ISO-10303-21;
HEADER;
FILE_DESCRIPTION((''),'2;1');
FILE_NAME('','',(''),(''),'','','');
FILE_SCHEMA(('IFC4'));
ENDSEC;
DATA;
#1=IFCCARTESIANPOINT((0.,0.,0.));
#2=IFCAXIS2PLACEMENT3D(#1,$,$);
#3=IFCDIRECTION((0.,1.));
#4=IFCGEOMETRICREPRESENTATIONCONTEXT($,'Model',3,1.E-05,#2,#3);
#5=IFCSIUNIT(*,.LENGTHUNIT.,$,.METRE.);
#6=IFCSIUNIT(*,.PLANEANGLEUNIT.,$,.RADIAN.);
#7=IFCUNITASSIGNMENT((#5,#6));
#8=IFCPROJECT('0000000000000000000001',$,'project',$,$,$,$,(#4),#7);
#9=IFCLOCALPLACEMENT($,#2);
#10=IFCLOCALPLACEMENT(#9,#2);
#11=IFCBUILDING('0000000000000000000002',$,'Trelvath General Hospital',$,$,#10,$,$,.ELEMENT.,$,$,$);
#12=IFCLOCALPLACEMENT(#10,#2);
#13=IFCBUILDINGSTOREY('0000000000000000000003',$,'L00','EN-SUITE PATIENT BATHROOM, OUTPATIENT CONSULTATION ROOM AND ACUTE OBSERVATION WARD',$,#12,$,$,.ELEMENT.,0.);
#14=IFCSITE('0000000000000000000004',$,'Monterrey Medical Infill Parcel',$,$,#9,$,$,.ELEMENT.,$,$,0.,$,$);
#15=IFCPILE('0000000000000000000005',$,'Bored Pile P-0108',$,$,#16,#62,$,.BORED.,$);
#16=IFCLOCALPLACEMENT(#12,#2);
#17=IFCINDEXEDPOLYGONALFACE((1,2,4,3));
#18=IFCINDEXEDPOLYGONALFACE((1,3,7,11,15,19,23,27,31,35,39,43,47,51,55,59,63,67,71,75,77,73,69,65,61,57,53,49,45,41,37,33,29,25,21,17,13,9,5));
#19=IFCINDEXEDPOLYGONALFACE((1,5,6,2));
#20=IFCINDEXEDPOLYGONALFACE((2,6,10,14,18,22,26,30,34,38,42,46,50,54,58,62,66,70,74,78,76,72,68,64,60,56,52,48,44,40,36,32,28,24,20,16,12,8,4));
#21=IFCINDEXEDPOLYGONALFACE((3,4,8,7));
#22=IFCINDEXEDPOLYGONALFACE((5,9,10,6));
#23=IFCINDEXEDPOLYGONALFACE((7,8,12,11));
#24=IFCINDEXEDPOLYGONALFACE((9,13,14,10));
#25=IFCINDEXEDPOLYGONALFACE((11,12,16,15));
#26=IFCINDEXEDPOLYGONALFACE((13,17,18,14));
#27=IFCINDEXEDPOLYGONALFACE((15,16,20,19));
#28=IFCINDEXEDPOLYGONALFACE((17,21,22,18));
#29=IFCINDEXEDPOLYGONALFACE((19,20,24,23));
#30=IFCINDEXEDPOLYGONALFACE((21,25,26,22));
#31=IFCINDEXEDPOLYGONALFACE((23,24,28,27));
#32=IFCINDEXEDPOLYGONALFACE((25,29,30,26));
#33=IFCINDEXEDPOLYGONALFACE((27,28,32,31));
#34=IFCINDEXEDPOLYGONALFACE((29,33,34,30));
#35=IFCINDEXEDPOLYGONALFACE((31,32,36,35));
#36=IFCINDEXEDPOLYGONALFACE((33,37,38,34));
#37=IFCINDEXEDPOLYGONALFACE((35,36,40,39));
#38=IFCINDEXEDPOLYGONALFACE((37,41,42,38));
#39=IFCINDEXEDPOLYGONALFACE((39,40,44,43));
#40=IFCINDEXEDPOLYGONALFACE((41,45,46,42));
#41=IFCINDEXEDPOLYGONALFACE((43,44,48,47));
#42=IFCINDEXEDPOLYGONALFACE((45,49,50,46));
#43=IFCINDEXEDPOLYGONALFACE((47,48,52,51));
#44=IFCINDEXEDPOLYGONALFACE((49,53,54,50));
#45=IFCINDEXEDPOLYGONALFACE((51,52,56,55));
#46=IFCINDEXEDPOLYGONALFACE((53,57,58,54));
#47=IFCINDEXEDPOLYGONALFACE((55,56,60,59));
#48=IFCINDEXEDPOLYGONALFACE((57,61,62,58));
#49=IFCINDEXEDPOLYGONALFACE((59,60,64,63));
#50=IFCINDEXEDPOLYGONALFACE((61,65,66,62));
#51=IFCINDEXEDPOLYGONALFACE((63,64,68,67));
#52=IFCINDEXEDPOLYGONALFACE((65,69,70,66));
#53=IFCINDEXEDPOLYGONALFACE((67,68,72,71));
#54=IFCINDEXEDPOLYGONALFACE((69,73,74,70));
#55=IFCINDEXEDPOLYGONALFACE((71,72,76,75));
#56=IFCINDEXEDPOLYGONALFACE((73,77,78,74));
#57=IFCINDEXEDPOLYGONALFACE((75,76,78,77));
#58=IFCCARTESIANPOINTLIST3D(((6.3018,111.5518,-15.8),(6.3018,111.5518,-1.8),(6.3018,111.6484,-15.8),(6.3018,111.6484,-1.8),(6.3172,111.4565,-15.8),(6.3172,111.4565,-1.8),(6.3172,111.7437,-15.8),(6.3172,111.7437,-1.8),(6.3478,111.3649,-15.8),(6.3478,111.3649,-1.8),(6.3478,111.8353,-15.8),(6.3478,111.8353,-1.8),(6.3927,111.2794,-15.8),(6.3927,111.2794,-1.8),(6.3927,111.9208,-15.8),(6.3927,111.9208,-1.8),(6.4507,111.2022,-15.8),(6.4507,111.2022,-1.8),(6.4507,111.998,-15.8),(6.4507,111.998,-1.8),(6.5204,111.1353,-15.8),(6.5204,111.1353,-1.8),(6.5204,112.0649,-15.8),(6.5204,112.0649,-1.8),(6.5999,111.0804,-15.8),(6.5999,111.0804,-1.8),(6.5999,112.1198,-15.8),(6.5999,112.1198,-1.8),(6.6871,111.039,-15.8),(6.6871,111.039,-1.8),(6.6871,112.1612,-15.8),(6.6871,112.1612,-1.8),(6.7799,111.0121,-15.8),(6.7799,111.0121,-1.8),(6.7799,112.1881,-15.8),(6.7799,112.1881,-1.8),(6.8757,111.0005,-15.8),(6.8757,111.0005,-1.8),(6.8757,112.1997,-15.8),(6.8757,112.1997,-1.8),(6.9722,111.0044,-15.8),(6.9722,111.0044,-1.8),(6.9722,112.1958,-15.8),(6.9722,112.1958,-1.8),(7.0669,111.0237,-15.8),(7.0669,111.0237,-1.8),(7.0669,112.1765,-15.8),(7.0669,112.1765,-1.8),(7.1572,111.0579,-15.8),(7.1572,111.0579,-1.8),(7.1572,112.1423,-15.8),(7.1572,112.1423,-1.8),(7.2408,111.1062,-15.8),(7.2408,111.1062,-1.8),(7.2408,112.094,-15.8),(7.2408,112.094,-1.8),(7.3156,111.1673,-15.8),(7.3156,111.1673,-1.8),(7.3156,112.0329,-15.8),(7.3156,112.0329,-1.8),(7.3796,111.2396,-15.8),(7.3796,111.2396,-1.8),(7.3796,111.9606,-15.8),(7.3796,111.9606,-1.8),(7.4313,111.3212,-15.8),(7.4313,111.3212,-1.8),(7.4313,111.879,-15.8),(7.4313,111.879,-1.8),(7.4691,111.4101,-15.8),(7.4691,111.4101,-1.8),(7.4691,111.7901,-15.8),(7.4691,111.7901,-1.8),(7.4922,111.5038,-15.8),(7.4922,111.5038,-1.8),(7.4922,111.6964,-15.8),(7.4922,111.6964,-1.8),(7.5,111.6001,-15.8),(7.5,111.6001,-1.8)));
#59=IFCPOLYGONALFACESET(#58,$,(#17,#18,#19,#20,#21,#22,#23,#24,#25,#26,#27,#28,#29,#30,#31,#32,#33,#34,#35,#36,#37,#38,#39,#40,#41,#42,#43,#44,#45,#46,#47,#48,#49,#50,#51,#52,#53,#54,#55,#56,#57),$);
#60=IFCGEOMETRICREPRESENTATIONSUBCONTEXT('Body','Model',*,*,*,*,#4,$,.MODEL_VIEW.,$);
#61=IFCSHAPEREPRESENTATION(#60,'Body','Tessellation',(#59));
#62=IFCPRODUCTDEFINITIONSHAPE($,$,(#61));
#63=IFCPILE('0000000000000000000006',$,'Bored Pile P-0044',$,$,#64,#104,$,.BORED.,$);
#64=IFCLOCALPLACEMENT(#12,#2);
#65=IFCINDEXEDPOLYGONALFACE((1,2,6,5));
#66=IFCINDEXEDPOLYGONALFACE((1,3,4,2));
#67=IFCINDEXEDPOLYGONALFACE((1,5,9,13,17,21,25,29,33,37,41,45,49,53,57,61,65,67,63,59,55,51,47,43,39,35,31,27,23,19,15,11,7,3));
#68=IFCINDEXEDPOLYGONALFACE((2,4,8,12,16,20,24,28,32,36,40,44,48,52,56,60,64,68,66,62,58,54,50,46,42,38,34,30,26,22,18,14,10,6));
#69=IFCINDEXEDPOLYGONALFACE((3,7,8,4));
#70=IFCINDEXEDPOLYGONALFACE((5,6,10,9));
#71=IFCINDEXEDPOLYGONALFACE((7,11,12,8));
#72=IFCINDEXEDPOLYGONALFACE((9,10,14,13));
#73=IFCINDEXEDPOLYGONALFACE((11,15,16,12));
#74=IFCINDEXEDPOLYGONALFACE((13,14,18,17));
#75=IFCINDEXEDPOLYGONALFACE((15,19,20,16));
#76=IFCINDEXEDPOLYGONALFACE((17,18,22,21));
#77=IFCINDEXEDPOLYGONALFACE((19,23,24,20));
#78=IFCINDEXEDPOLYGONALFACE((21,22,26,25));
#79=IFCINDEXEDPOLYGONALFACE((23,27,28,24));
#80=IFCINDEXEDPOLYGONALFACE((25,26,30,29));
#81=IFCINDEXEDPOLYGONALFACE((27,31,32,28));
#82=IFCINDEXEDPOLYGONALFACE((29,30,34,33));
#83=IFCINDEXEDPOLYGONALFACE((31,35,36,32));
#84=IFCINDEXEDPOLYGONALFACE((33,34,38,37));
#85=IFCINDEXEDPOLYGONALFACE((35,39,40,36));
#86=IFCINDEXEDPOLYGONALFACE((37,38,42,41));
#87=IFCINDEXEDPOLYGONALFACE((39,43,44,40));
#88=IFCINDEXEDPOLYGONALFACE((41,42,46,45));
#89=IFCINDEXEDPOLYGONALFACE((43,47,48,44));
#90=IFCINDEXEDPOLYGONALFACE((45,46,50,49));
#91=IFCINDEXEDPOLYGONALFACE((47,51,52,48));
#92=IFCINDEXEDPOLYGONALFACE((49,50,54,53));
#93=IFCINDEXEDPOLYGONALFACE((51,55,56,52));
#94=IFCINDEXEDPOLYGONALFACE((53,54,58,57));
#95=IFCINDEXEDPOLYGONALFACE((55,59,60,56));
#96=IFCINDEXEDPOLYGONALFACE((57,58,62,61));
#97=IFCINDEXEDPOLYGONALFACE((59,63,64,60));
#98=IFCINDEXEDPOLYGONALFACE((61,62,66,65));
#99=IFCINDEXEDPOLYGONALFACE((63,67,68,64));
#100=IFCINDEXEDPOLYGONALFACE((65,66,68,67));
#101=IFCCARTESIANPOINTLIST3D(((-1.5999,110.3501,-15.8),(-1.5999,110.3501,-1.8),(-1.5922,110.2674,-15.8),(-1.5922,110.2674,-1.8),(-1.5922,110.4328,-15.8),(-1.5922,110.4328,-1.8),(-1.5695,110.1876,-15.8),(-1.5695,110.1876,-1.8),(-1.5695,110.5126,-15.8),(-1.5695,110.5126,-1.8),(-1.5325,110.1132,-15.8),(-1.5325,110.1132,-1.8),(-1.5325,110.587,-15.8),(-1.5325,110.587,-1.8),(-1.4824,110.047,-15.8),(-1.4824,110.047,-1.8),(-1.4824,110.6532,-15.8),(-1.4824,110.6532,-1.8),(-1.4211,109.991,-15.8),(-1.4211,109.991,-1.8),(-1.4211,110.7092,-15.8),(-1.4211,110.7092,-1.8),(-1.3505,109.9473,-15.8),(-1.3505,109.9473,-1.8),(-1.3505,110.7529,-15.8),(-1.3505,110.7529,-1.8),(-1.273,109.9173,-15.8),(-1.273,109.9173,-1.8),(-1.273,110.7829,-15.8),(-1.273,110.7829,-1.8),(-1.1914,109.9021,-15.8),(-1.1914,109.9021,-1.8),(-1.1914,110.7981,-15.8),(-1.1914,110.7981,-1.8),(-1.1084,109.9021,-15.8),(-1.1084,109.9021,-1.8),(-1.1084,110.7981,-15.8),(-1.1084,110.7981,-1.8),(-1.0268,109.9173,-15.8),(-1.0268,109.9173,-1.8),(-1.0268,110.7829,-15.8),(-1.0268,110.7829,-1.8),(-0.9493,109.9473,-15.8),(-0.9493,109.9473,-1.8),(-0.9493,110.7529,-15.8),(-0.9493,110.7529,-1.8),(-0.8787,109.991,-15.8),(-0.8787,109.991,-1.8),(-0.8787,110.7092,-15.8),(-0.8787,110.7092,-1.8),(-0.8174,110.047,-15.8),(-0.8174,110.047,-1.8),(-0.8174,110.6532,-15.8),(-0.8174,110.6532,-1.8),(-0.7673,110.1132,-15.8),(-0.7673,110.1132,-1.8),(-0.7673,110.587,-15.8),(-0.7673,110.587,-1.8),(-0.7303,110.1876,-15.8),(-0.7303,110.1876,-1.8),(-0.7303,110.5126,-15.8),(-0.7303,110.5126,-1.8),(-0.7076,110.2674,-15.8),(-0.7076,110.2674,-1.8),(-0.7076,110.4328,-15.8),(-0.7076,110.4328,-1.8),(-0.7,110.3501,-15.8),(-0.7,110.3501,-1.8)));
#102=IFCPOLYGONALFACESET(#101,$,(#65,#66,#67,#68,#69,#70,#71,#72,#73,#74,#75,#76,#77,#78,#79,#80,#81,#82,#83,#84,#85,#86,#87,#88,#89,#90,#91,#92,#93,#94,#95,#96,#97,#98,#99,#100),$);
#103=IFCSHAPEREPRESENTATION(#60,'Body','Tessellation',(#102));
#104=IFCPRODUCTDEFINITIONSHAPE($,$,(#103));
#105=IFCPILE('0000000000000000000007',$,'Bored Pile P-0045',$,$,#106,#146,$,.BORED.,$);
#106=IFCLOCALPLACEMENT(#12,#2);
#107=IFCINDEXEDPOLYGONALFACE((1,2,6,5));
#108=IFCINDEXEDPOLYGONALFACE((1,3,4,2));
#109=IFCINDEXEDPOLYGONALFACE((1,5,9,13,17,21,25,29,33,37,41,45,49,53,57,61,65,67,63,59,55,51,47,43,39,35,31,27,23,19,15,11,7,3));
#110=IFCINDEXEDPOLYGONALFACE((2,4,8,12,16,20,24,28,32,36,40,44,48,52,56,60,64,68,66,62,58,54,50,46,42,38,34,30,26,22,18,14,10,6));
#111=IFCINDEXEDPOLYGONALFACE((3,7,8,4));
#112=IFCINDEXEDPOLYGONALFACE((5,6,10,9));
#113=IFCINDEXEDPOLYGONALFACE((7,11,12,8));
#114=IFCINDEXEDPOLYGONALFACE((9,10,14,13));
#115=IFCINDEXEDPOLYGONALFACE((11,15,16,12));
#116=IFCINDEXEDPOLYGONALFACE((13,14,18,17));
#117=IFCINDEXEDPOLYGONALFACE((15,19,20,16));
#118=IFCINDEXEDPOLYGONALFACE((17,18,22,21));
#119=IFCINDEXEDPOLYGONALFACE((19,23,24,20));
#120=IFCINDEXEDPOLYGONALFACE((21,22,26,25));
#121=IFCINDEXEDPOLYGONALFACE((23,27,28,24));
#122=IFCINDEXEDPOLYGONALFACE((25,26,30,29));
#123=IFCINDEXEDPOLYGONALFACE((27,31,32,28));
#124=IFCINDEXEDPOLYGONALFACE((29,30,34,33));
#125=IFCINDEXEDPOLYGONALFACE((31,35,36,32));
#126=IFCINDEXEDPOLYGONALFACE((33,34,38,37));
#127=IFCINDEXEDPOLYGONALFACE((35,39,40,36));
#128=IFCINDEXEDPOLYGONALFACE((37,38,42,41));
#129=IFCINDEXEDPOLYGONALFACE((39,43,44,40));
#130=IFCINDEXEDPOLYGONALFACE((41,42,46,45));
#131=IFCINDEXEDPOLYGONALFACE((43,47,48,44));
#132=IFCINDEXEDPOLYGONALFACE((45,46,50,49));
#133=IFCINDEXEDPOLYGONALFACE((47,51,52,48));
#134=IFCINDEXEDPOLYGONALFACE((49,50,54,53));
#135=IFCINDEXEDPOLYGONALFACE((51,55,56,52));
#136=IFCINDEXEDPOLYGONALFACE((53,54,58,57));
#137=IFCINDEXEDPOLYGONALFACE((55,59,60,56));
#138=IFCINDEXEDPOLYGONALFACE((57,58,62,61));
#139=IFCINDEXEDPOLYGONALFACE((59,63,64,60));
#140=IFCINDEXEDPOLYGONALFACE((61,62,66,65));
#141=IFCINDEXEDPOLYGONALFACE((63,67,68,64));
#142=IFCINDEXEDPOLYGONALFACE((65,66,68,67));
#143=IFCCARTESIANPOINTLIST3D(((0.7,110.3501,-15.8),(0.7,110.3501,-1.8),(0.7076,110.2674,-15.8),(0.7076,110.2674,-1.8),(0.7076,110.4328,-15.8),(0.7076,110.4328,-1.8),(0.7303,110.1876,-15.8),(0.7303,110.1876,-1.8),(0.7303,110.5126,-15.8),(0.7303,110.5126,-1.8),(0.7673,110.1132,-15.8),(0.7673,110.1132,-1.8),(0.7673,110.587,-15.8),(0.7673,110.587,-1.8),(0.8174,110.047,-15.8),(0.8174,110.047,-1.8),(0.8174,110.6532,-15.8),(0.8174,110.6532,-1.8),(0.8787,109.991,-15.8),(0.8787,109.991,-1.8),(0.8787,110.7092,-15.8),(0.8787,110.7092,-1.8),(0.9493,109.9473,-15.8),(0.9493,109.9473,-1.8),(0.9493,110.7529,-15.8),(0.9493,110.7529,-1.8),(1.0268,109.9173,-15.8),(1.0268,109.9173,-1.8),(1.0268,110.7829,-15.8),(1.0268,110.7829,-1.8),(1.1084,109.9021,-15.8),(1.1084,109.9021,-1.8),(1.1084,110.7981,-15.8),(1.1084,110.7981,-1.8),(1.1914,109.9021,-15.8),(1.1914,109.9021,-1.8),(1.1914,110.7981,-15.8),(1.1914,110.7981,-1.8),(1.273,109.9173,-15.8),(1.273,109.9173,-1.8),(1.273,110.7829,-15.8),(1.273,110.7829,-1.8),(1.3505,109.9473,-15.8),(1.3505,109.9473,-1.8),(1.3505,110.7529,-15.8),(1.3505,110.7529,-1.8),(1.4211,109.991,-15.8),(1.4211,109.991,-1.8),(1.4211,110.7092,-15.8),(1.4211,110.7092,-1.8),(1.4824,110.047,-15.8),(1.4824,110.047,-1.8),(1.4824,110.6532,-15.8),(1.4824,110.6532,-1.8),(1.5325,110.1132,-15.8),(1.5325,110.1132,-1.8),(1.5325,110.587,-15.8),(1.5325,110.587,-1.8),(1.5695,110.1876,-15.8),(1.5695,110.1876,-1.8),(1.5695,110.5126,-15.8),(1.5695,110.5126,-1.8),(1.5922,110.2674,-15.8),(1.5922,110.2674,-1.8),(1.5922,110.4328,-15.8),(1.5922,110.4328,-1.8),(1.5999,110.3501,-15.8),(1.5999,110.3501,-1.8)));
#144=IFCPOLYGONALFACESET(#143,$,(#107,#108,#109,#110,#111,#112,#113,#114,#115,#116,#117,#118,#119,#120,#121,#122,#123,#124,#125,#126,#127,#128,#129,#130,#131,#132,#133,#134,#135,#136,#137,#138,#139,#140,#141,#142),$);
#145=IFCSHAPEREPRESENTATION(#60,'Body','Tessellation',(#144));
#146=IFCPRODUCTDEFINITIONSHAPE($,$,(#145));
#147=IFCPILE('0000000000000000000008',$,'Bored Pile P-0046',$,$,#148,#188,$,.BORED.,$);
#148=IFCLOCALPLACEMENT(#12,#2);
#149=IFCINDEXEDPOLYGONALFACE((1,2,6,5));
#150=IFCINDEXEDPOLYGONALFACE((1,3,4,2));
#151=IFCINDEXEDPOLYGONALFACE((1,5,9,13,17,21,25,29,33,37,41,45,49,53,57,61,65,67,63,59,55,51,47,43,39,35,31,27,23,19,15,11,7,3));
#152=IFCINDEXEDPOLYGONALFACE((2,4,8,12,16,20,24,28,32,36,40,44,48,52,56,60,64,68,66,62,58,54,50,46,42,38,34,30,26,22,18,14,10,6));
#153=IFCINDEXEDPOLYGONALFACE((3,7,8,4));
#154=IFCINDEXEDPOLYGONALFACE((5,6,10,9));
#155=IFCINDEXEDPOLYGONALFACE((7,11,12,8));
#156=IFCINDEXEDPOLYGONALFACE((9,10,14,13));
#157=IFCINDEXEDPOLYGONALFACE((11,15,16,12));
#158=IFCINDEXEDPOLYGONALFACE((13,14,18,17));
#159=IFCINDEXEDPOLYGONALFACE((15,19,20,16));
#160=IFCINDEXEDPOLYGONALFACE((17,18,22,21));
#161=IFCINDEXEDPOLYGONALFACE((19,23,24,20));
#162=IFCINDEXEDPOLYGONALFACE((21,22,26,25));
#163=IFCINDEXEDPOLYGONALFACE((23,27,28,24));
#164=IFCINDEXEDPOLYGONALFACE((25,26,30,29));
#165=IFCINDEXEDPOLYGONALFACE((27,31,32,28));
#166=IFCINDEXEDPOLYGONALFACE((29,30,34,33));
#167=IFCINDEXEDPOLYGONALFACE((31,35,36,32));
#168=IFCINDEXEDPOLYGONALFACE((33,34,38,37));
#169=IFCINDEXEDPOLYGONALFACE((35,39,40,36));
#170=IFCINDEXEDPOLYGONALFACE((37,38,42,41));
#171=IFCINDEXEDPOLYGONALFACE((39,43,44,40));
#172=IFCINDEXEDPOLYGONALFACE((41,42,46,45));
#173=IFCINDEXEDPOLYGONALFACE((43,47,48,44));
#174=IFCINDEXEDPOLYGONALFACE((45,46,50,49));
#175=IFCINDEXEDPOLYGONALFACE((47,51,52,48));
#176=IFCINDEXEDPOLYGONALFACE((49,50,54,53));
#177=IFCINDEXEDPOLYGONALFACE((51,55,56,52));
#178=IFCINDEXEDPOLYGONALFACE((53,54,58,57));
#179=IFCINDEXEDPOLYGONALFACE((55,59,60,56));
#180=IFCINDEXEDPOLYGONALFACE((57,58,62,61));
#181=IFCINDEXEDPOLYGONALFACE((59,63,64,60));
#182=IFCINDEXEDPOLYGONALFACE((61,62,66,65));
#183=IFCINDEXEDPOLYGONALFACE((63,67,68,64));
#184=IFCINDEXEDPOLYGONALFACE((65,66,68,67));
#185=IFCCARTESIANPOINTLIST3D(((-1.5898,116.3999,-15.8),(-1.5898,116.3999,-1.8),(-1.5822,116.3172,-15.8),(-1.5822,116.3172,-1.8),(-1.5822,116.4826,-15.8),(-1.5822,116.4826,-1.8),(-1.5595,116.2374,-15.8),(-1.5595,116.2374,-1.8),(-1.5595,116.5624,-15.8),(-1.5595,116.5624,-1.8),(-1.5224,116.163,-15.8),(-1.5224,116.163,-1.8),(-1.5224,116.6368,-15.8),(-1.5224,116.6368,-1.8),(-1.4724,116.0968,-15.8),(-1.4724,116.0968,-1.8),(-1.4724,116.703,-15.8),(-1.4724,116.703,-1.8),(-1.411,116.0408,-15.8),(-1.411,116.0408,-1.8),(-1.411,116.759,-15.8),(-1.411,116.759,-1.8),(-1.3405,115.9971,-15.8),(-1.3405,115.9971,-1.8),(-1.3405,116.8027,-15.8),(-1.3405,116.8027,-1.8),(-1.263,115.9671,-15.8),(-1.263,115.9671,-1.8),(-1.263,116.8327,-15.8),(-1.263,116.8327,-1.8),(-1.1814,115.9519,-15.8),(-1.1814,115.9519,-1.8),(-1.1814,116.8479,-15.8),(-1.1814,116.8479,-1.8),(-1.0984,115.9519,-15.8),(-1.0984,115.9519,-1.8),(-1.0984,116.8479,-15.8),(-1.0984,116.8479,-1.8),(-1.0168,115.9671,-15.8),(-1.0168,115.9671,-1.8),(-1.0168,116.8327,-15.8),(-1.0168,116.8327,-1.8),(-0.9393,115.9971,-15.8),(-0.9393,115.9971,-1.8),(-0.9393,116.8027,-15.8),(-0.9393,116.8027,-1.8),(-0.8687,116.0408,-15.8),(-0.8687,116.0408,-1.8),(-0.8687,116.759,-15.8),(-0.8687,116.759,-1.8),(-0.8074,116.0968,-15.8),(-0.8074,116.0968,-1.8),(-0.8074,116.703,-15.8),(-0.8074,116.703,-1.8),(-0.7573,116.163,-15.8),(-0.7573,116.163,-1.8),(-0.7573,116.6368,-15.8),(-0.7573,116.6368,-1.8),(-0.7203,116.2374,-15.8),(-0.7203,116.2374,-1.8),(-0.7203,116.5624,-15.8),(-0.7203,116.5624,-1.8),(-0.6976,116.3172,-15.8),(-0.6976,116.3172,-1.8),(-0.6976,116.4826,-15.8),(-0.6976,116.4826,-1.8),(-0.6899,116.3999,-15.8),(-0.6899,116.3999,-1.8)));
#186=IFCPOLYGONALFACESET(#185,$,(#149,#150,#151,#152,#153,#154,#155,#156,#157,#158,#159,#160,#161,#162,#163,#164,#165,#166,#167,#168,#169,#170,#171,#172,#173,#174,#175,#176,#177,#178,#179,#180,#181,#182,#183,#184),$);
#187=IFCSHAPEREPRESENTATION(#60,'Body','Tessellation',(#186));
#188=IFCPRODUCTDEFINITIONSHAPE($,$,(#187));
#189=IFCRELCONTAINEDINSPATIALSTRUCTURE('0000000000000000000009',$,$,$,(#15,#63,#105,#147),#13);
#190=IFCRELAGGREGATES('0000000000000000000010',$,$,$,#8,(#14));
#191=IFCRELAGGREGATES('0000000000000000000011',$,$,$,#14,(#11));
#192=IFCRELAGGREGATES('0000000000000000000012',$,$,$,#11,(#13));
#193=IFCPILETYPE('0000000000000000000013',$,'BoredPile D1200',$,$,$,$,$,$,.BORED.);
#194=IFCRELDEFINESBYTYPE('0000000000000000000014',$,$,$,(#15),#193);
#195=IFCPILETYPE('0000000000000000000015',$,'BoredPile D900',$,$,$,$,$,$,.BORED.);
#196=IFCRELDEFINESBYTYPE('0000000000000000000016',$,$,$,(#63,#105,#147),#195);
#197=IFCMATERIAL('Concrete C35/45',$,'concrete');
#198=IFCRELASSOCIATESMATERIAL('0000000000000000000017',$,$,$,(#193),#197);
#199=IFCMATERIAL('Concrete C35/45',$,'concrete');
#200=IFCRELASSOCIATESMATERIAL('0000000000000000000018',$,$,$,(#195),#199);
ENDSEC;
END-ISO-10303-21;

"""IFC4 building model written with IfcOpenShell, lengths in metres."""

from ifc_helpers import new_model, si_unit, direction, frame, origin, origin_2d, place, context, subcontext, project, spatial, circle, extrude, material, material_profile, profile_set, type_object, element, save


model = new_model("IFC4")

# Units and contexts
model_context = context("Model", 3, precision=1e-05, world=origin(), true_north=direction((0.0, 1.0)))
body_context = subcontext(model_context, "Body", "Model", "MODEL_VIEW")
ifc_project = project(units=[si_unit("LENGTHUNIT", "METRE"), si_unit("PLANEANGLEUNIT", "RADIAN")], contexts=[model_context])

# Site, building, storey
site_placement = place(None, origin())
site = spatial("IfcSite", under=ifc_project, at=site_placement, Name="Monterrey Medical Infill Parcel", CompositionType="ELEMENT", RefElevation=0.0)
building_placement = place(site_placement, origin())
building = spatial("IfcBuilding", under=site, at=building_placement, Name="Trelvath General Hospital", CompositionType="ELEMENT")
storey_placement = place(building_placement, origin())
storey = spatial("IfcBuildingStorey", under=building, at=storey_placement, Name="L00", Description="EN-SUITE PATIENT BATHROOM, OUTPATIENT CONSULTATION ROOM AND ACUTE OBSERVATION WARD", CompositionType="ELEMENT", Elevation=0.0)

# Piles
ifc_material_1 = material(Name="Concrete C35/45", Category="concrete")
ifc_material_profile_1 = material_profile(ifc_material_1, circle(Radius=0.6001, at=origin_2d()), Name="PILE1200")
ifc_profile_set_1 = profile_set([ifc_material_profile_1], Name="Concrete C35/45")
pile_type_1 = type_object("IfcPileType", Name="BoredPile D1200", PredefinedType="BORED", material=ifc_profile_set_1)
pile_placement = place(storey_placement, frame((6.8999, 111.6001, -1.8), z_axis=(0.0, 0.0, -1.0), x_axis=(1.0, 0.0, 0.0)))
element("IfcPile", 1, at=pile_placement, inside=storey, type_object=pile_type_1, Name="Bored Pile P-0108", PredefinedType="BORED", context=body_context, shape_type="SweptSolid", body=[
    extrude(circle(Radius=0.6001, at=origin_2d()), origin(), (0.0, 0.0, 1.0), 14.0),
])
ifc_material_2 = material(Name="Concrete C35/45", Category="concrete")
ifc_material_profile_2 = material_profile(ifc_material_2, circle(Radius=0.45, at=origin_2d()), Name="PILE900")
ifc_profile_set_2 = profile_set([ifc_material_profile_2], Name="Concrete C35/45")
pile_type_2 = type_object("IfcPileType", Name="BoredPile D900", PredefinedType="BORED", material=ifc_profile_set_2)
for number, where, z_axis, x_axis, name in (
    (2, (-1.1499, 110.3501, -1.8), (0.0, 0.0, -1.0), (1.0, 0.0, 0.0), "Bored Pile P-0044"),
    (3, (1.1499, 110.3501, -1.8), (0.0, 0.0, -1.0), (1.0, 0.0, 0.0), "Bored Pile P-0045"),
    (4, (-1.1399, 116.3999, -1.8), (0.0, 0.0, -1.0), (1.0, 0.0, 0.0), "Bored Pile P-0046"),
):
    element("IfcPile", number, at=place(storey_placement, frame(where, z_axis=z_axis, x_axis=x_axis)), inside=storey, type_object=pile_type_2, Name=name, PredefinedType="BORED", context=body_context, shape_type="SweptSolid", body=[
        extrude(circle(Radius=0.45, at=origin_2d()), origin(), (0.0, 0.0, 1.0), 14.0),
    ])

save(model, "model.ifc")
